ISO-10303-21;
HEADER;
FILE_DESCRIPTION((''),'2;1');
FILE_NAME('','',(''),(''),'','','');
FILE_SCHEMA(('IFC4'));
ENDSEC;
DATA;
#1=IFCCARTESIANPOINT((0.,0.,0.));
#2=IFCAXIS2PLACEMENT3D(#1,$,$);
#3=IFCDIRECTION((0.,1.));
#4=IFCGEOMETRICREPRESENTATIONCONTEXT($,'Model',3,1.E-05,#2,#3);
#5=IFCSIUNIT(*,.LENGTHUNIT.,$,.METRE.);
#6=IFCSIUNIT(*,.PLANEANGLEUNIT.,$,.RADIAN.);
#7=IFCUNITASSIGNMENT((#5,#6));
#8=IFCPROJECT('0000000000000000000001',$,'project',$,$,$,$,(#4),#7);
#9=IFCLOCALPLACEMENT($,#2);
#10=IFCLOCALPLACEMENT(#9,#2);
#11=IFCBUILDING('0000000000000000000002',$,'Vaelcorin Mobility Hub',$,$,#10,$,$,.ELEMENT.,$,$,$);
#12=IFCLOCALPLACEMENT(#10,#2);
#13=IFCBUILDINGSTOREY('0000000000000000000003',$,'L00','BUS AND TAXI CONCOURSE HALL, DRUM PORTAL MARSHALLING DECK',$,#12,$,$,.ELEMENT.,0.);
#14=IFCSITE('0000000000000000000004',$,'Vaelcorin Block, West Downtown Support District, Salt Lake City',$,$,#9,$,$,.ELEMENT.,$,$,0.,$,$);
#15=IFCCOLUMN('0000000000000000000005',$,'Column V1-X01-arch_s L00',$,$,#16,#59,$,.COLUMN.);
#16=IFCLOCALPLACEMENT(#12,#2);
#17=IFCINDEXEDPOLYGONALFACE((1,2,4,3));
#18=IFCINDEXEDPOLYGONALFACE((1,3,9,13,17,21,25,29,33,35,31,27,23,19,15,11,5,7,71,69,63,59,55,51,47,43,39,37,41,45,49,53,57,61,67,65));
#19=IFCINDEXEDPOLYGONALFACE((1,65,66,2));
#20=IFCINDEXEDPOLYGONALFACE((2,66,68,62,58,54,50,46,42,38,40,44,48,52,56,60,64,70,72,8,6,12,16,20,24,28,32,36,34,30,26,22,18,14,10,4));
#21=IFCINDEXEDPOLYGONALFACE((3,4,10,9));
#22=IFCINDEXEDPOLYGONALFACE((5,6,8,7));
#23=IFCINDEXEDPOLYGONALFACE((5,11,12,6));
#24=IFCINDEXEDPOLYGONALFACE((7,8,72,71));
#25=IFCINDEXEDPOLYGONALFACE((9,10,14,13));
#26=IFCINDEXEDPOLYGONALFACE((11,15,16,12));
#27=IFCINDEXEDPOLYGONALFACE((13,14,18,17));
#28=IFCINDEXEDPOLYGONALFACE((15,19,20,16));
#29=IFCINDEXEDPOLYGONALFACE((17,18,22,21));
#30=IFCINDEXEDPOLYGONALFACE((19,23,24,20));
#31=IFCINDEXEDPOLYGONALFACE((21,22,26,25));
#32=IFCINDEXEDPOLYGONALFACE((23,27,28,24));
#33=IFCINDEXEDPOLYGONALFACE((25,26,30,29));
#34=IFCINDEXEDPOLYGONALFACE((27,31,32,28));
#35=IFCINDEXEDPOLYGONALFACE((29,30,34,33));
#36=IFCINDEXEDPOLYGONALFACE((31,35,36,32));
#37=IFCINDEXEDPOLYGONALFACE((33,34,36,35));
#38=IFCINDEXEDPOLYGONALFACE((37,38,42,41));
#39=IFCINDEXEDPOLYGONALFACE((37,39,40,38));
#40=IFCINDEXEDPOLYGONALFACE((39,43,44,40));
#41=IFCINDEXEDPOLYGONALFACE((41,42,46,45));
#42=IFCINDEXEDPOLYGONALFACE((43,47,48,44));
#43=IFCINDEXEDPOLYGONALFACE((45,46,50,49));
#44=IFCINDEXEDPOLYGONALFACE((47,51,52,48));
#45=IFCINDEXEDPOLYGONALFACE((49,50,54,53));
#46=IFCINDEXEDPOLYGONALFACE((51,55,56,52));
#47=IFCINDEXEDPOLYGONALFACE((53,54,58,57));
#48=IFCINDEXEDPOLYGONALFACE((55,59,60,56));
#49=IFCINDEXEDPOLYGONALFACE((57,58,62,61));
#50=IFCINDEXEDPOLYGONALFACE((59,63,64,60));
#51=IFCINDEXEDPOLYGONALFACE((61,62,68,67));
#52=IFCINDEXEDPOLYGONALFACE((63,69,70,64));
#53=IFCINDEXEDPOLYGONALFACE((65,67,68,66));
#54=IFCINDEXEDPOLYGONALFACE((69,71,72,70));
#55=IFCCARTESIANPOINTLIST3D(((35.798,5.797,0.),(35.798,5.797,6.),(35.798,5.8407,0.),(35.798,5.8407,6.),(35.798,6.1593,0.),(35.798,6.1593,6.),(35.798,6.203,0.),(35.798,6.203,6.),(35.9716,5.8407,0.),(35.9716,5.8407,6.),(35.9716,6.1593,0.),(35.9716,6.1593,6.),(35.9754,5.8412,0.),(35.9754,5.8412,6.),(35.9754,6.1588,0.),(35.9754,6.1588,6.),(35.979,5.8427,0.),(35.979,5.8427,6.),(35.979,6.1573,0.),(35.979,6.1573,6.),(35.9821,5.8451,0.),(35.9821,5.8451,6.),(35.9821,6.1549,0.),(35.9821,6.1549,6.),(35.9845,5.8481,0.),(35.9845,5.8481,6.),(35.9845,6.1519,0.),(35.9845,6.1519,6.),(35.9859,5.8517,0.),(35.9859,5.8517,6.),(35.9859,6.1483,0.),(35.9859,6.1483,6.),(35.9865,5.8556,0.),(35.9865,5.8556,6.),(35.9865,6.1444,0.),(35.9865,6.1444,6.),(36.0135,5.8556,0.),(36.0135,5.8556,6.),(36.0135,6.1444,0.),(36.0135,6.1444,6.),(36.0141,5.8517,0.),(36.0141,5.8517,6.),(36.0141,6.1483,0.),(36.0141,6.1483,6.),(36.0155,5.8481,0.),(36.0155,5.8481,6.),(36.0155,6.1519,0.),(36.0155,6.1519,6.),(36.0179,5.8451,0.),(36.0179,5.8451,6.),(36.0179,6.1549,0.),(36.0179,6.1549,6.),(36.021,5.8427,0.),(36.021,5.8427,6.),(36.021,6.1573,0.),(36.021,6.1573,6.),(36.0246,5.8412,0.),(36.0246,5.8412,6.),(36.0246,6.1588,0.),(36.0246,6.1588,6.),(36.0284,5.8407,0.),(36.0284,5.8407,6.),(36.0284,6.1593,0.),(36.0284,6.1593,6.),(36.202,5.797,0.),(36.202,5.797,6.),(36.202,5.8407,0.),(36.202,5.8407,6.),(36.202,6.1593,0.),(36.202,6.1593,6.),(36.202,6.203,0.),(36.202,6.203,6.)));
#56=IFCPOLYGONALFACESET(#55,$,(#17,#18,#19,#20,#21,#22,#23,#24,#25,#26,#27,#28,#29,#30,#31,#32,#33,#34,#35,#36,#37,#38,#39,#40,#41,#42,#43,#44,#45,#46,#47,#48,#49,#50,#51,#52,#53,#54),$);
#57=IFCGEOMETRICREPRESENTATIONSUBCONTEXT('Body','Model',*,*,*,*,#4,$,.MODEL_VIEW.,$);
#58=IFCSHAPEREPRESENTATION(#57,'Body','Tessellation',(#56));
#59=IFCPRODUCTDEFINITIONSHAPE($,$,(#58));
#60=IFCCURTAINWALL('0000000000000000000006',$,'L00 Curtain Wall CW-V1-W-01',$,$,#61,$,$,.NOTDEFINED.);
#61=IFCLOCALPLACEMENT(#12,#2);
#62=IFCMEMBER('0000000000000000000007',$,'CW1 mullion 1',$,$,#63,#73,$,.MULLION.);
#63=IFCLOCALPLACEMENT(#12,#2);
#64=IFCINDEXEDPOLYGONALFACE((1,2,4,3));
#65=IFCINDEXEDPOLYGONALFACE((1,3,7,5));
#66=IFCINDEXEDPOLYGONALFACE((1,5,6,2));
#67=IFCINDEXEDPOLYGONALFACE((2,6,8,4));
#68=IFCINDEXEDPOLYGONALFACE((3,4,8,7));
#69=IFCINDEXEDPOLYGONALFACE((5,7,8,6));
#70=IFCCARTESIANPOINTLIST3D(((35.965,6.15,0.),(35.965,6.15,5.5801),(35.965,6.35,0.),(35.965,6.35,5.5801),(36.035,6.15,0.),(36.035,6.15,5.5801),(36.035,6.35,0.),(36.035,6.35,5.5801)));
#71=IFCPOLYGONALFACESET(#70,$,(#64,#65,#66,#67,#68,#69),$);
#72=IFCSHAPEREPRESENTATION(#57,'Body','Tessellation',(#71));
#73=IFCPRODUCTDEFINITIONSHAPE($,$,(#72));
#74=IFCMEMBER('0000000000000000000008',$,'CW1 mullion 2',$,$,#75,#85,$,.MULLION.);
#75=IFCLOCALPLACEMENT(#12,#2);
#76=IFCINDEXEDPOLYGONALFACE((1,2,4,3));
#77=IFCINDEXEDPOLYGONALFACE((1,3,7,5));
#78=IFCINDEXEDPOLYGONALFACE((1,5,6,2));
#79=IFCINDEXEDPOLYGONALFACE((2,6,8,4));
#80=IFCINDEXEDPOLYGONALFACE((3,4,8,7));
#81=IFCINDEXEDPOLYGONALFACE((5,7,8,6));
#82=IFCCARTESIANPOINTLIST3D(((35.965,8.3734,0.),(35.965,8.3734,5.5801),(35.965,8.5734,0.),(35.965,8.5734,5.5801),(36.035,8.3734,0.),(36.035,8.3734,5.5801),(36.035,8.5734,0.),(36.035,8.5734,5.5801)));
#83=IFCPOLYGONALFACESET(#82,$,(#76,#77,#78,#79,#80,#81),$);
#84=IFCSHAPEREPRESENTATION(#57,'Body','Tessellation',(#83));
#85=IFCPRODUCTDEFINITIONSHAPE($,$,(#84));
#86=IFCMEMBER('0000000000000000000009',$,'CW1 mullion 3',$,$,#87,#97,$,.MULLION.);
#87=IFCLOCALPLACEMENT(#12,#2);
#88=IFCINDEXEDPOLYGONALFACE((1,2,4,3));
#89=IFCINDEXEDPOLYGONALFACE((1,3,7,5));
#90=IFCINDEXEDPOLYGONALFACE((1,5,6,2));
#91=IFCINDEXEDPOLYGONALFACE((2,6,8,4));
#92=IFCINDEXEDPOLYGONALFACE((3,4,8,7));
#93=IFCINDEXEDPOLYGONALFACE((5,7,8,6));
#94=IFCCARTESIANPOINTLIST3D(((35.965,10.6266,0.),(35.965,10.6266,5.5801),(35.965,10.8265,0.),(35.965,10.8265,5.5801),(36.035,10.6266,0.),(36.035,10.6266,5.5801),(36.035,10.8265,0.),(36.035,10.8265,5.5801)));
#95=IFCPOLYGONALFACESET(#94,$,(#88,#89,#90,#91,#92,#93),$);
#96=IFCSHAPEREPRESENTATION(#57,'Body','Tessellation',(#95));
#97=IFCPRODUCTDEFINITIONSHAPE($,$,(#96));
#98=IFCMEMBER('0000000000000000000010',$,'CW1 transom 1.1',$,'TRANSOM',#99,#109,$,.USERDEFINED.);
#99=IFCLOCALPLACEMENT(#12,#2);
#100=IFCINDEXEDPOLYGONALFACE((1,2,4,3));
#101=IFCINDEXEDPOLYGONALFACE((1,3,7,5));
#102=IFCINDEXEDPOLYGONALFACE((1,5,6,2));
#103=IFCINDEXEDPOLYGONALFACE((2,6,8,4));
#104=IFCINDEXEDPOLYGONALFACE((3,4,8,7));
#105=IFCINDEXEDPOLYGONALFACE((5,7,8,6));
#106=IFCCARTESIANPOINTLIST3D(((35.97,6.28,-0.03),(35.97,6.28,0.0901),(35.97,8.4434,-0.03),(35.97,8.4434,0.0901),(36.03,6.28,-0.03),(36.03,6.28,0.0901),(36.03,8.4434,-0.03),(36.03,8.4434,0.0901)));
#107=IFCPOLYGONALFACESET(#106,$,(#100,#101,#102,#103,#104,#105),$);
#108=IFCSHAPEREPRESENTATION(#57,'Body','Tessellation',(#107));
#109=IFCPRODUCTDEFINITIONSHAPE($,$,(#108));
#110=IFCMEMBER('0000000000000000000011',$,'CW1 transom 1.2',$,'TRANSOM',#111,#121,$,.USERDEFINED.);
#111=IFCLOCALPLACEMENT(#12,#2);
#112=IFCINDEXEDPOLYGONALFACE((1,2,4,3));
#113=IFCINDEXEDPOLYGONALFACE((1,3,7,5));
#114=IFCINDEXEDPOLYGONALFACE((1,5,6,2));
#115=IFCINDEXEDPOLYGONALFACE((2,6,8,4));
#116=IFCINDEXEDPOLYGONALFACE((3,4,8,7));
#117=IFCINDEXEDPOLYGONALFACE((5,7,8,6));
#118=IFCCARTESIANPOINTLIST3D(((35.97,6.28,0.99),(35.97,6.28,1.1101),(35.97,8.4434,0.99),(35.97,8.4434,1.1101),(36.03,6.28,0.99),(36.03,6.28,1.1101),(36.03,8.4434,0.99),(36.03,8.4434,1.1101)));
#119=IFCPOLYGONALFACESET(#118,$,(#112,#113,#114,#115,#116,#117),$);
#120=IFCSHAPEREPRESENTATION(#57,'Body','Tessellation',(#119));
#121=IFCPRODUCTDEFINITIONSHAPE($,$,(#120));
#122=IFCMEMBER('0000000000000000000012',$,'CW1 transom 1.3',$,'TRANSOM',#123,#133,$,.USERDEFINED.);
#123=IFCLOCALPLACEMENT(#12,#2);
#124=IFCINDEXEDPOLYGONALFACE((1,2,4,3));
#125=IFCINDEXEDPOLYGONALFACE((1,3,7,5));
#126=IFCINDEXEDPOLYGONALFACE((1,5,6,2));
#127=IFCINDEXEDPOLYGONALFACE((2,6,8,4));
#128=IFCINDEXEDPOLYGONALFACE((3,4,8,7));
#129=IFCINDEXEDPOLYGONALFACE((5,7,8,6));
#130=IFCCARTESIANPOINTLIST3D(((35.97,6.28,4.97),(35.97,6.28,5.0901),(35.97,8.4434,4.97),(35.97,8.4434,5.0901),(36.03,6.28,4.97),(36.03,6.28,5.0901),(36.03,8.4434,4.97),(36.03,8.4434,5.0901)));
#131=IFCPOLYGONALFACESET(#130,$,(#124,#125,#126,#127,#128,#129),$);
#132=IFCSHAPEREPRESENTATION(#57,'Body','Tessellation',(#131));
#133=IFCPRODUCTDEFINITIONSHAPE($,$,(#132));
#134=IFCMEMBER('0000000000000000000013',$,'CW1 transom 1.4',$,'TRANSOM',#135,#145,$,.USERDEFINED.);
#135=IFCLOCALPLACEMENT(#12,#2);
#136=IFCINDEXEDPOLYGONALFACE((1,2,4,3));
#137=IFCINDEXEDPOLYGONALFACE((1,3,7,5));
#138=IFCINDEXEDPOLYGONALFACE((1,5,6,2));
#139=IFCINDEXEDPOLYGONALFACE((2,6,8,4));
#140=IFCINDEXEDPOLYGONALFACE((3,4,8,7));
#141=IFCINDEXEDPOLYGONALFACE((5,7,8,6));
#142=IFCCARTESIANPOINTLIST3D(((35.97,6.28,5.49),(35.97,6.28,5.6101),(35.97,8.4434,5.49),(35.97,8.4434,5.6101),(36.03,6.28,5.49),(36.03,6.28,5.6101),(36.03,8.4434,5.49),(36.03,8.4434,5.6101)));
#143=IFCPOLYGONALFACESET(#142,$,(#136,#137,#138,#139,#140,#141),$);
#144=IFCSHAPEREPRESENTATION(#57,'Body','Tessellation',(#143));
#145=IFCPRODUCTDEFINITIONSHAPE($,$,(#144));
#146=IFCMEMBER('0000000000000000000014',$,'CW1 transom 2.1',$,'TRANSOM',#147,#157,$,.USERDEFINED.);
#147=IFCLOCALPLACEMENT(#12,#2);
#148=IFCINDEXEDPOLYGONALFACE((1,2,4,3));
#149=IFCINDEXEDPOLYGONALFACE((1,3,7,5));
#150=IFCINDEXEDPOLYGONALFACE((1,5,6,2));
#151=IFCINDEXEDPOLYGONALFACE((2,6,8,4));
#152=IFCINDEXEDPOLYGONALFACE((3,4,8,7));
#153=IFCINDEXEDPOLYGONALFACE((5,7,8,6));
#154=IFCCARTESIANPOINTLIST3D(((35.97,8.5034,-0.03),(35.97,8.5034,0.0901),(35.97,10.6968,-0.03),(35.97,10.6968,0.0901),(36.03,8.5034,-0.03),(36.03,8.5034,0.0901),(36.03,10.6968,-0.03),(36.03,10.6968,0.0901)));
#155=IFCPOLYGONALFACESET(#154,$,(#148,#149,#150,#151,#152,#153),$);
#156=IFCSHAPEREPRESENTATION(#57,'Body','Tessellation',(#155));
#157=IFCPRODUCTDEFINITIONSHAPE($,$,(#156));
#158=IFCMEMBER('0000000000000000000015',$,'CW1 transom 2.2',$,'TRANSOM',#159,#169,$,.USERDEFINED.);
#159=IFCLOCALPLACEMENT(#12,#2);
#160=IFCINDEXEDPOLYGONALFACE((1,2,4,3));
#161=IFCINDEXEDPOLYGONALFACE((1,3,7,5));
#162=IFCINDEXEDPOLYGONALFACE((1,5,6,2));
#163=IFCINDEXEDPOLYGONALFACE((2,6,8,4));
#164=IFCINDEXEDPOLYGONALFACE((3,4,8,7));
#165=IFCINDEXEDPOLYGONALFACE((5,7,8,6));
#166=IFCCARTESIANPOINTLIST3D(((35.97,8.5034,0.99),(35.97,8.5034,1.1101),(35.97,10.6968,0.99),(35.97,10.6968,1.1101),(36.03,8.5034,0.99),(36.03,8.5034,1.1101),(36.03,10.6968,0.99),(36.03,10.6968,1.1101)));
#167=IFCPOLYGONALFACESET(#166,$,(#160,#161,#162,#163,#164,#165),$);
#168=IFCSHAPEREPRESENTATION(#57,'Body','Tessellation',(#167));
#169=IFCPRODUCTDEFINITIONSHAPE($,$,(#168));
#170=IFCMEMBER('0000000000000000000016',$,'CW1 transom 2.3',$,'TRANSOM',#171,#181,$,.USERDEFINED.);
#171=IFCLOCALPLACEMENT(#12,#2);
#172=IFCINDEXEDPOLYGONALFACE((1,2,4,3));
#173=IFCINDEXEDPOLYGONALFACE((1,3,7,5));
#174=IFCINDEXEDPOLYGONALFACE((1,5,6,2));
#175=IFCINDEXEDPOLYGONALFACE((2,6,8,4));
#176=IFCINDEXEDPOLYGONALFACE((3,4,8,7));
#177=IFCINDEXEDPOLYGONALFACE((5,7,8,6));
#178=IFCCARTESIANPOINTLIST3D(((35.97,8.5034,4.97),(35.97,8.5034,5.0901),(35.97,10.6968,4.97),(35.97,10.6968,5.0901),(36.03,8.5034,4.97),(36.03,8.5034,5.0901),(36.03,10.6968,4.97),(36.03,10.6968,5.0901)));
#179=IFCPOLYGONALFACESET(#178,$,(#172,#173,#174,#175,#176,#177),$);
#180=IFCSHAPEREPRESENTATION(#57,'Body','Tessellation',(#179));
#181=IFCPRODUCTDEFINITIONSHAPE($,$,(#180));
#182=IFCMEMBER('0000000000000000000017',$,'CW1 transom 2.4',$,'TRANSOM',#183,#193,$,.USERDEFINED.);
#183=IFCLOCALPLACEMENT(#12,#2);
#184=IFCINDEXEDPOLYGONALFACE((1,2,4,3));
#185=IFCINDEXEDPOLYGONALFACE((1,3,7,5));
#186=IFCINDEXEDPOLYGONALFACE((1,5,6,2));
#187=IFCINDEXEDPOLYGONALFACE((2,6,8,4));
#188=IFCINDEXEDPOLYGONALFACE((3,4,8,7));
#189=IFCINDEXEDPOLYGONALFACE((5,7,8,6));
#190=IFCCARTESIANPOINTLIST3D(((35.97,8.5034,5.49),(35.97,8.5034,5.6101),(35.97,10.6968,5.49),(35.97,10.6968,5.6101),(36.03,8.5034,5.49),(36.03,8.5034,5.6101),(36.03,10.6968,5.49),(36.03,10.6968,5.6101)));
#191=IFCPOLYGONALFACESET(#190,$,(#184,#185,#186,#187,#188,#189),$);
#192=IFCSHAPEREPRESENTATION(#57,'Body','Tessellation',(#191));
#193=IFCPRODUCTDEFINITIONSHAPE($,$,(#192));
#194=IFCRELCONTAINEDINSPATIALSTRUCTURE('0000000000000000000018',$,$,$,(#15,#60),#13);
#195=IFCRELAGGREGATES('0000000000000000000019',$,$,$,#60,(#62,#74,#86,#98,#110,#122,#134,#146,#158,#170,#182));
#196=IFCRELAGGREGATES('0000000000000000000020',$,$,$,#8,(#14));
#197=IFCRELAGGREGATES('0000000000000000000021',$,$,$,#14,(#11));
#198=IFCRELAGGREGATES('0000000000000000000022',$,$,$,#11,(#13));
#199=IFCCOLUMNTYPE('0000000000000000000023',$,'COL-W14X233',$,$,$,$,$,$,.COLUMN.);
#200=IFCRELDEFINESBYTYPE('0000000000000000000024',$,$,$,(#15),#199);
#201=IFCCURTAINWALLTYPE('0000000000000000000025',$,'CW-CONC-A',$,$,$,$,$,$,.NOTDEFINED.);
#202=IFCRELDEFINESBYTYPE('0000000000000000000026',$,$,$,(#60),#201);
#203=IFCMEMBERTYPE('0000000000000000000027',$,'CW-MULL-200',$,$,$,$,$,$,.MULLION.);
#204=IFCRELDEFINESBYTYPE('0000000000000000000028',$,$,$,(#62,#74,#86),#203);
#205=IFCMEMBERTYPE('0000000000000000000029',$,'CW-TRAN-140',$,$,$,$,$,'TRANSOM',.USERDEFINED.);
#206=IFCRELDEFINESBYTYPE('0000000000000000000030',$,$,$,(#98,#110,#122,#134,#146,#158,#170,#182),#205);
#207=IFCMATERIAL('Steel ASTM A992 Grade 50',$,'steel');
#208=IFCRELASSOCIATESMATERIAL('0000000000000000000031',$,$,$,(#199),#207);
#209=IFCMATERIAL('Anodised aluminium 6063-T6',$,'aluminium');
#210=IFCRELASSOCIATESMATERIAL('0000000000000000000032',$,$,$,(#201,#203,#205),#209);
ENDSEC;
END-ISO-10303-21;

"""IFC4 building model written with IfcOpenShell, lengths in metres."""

from ifc_helpers import new_model, si_unit, direction, frame, origin, origin_2d, place, context, subcontext, project, spatial, rectangle, i_section, extrude, material, material_profile, profile_set, type_object, element, aggregate, save


model = new_model("IFC4")

# Units and contexts
model_context = context("Model", 3, precision=1e-05, world=origin(), true_north=direction((0.0, 1.0)))
body_context = subcontext(model_context, "Body", "Model", "MODEL_VIEW")
ifc_project = project(units=[si_unit("LENGTHUNIT", "METRE"), si_unit("PLANEANGLEUNIT", "RADIAN")], contexts=[model_context])

# Site, building, storey
site_placement = place(None, origin())
site = spatial("IfcSite", under=ifc_project, at=site_placement, Name="Vaelcorin Block, West Downtown Support District, Salt Lake City", CompositionType="ELEMENT", RefElevation=0.0)
building_placement = place(site_placement, origin())
building = spatial("IfcBuilding", under=site, at=building_placement, Name="Vaelcorin Mobility Hub", CompositionType="ELEMENT")
storey_placement = place(building_placement, origin())
storey = spatial("IfcBuildingStorey", under=building, at=storey_placement, Name="L00", Description="BUS AND TAXI CONCOURSE HALL, DRUM PORTAL MARSHALLING DECK", CompositionType="ELEMENT", Elevation=0.0)

# Column
ifc_material_1 = material(Name="Steel ASTM A992 Grade 50", Category="steel")
ifc_material_profile_1 = material_profile(ifc_material_1, i_section(OverallWidth=0.4041, OverallDepth=0.406, WebThickness=0.0271, FlangeThickness=0.0437, FilletRadius=0.0149, at=origin_2d()), Name="W14X233")
ifc_profile_set_1 = profile_set([ifc_material_profile_1], Name="Steel ASTM A992 Grade 50")
column_type = type_object("IfcColumnType", Name="COL-W14X233", PredefinedType="COLUMN", material=ifc_profile_set_1)
column_placement = place(storey_placement, frame((36.0, 6.0, 0.0), z_axis=(0.0, 0.0, 1.0), x_axis=(1.0, 0.0, 0.0)))
element("IfcColumn", 1, at=column_placement, inside=storey, type_object=column_type, Name="Column V1-X01-arch_s L00", PredefinedType="COLUMN", context=body_context, shape_type="SweptSolid", body=[
    extrude(i_section(OverallWidth=0.4041, OverallDepth=0.406, WebThickness=0.0271, FlangeThickness=0.0437, FilletRadius=0.0149, at=origin_2d()), origin(), (0.0, 0.0, 1.0), 6.0),
])

# Curtain wall, members
ifc_material_2 = material(Name="Anodised aluminium 6063-T6", Category="aluminium")
curtain_wall_type = type_object("IfcCurtainWallType", Name="CW-CONC-A", PredefinedType="NOTDEFINED", material=ifc_material_2)
curtain_wall_placement = place(storey_placement, origin())
curtain_wall = element("IfcCurtainWall", 2, at=curtain_wall_placement, inside=storey, type_object=curtain_wall_type, Name="L00 Curtain Wall CW-V1-W-01", PredefinedType="NOTDEFINED")
ifc_material_profile_2 = material_profile(ifc_material_2, rectangle(XDim=0.0701, YDim=0.2, at=origin_2d()), Name="ALU-M70X200")
ifc_profile_set_2 = profile_set([ifc_material_profile_2], Name="Anodised aluminium 6063-T6")
member_type_1 = type_object("IfcMemberType", Name="CW-MULL-200", PredefinedType="MULLION", material=ifc_profile_set_2)
member_1_placement = place(storey_placement, frame((36.0, 6.25, 0.0), z_axis=(0.0, 0.0, 1.0), x_axis=(-1.0, 0.0, 0.0)))
member_1 = element("IfcMember", 3, at=member_1_placement, type_object=member_type_1, Name="CW1 mullion 1", PredefinedType="MULLION", context=body_context, shape_type="SweptSolid", body=[
    extrude(rectangle(XDim=0.0701, YDim=0.2, at=origin_2d()), origin(), (0.0, 0.0, 1.0), 5.5801),
])
member_2_placement = place(storey_placement, frame((36.0, 8.4734, 0.0), z_axis=(0.0, 0.0, 1.0), x_axis=(-1.0, 0.0, 0.0)))
member_2 = element("IfcMember", 4, at=member_2_placement, type_object=member_type_1, Name="CW1 mullion 2", PredefinedType="MULLION", context=body_context, shape_type="SweptSolid", body=[
    extrude(rectangle(XDim=0.0701, YDim=0.2, at=origin_2d()), origin(), (0.0, 0.0, 1.0), 5.5801),
])
member_3_placement = place(storey_placement, frame((36.0, 10.7266, 0.0), z_axis=(0.0, 0.0, 1.0), x_axis=(-1.0, 0.0, 0.0)))
member_3 = element("IfcMember", 5, at=member_3_placement, type_object=member_type_1, Name="CW1 mullion 3", PredefinedType="MULLION", context=body_context, shape_type="SweptSolid", body=[
    extrude(rectangle(XDim=0.0701, YDim=0.2, at=origin_2d()), origin(), (0.0, 0.0, 1.0), 5.5801),
])
ifc_material_profile_3 = material_profile(ifc_material_2, rectangle(XDim=0.0601, YDim=0.1201, at=origin_2d()), Name="ALU-T60X120")
ifc_profile_set_3 = profile_set([ifc_material_profile_3], Name="Anodised aluminium 6063-T6")
member_type_2 = type_object("IfcMemberType", Name="CW-TRAN-140", ElementType="TRANSOM", PredefinedType="USERDEFINED", material=ifc_profile_set_3)
member_4_placement = place(storey_placement, frame((36.0, 6.28, 0.03), z_axis=(0.0, 1.0, 0.0), x_axis=(-1.0, 0.0, 0.0)))
member_4 = element("IfcMember", 6, at=member_4_placement, type_object=member_type_2, Name="CW1 transom 1.1", ObjectType="TRANSOM", PredefinedType="USERDEFINED", context=body_context, shape_type="SweptSolid", body=[
    extrude(rectangle(XDim=0.0601, YDim=0.1201, at=origin_2d()), origin(), (0.0, 0.0, 1.0), 2.1633),
])
member_5_placement = place(storey_placement, frame((36.0, 6.28, 1.05), z_axis=(0.0, 1.0, 0.0), x_axis=(-1.0, 0.0, 0.0)))
member_5 = element("IfcMember", 7, at=member_5_placement, type_object=member_type_2, Name="CW1 transom 1.2", ObjectType="TRANSOM", PredefinedType="USERDEFINED", context=body_context, shape_type="SweptSolid", body=[
    extrude(rectangle(XDim=0.0601, YDim=0.1201, at=origin_2d()), origin(), (0.0, 0.0, 1.0), 2.1633),
])
member_6_placement = place(storey_placement, frame((36.0, 6.28, 5.03), z_axis=(0.0, 1.0, 0.0), x_axis=(-1.0, 0.0, 0.0)))
member_6 = element("IfcMember", 8, at=member_6_placement, type_object=member_type_2, Name="CW1 transom 1.3", ObjectType="TRANSOM", PredefinedType="USERDEFINED", context=body_context, shape_type="SweptSolid", body=[
    extrude(rectangle(XDim=0.0601, YDim=0.1201, at=origin_2d()), origin(), (0.0, 0.0, 1.0), 2.1633),
])
member_7_placement = place(storey_placement, frame((36.0, 6.28, 5.55), z_axis=(0.0, 1.0, 0.0), x_axis=(-1.0, 0.0, 0.0)))
member_7 = element("IfcMember", 9, at=member_7_placement, type_object=member_type_2, Name="CW1 transom 1.4", ObjectType="TRANSOM", PredefinedType="USERDEFINED", context=body_context, shape_type="SweptSolid", body=[
    extrude(rectangle(XDim=0.0601, YDim=0.1201, at=origin_2d()), origin(), (0.0, 0.0, 1.0), 2.1633),
])
member_8_placement = place(storey_placement, frame((36.0, 8.5034, 0.03), z_axis=(0.0, 1.0, 0.0), x_axis=(-1.0, 0.0, 0.0)))
member_8 = element("IfcMember", 10, at=member_8_placement, type_object=member_type_2, Name="CW1 transom 2.1", ObjectType="TRANSOM", PredefinedType="USERDEFINED", context=body_context, shape_type="SweptSolid", body=[
    extrude(rectangle(XDim=0.0601, YDim=0.1201, at=origin_2d()), origin(), (0.0, 0.0, 1.0), 2.1934),
])
member_9_placement = place(storey_placement, frame((36.0, 8.5034, 1.05), z_axis=(0.0, 1.0, 0.0), x_axis=(-1.0, 0.0, 0.0)))
member_9 = element("IfcMember", 11, at=member_9_placement, type_object=member_type_2, Name="CW1 transom 2.2", ObjectType="TRANSOM", PredefinedType="USERDEFINED", context=body_context, shape_type="SweptSolid", body=[
    extrude(rectangle(XDim=0.0601, YDim=0.1201, at=origin_2d()), origin(), (0.0, 0.0, 1.0), 2.1934),
])
member_10_placement = place(storey_placement, frame((36.0, 8.5034, 5.03), z_axis=(0.0, 1.0, 0.0), x_axis=(-1.0, 0.0, 0.0)))
member_10 = element("IfcMember", 12, at=member_10_placement, type_object=member_type_2, Name="CW1 transom 2.3", ObjectType="TRANSOM", PredefinedType="USERDEFINED", context=body_context, shape_type="SweptSolid", body=[
    extrude(rectangle(XDim=0.0601, YDim=0.1201, at=origin_2d()), origin(), (0.0, 0.0, 1.0), 2.1934),
])
member_11_placement = place(storey_placement, frame((36.0, 8.5034, 5.55), z_axis=(0.0, 1.0, 0.0), x_axis=(-1.0, 0.0, 0.0)))
member_11 = element("IfcMember", 13, at=member_11_placement, type_object=member_type_2, Name="CW1 transom 2.4", ObjectType="TRANSOM", PredefinedType="USERDEFINED", context=body_context, shape_type="SweptSolid", body=[
    extrude(rectangle(XDim=0.0601, YDim=0.1201, at=origin_2d()), origin(), (0.0, 0.0, 1.0), 2.1934),
])
aggregate(curtain_wall, [member_1, member_2, member_3, member_4, member_5, member_6, member_7, member_8, member_9, member_10, member_11])

save(model, "model.ifc")
